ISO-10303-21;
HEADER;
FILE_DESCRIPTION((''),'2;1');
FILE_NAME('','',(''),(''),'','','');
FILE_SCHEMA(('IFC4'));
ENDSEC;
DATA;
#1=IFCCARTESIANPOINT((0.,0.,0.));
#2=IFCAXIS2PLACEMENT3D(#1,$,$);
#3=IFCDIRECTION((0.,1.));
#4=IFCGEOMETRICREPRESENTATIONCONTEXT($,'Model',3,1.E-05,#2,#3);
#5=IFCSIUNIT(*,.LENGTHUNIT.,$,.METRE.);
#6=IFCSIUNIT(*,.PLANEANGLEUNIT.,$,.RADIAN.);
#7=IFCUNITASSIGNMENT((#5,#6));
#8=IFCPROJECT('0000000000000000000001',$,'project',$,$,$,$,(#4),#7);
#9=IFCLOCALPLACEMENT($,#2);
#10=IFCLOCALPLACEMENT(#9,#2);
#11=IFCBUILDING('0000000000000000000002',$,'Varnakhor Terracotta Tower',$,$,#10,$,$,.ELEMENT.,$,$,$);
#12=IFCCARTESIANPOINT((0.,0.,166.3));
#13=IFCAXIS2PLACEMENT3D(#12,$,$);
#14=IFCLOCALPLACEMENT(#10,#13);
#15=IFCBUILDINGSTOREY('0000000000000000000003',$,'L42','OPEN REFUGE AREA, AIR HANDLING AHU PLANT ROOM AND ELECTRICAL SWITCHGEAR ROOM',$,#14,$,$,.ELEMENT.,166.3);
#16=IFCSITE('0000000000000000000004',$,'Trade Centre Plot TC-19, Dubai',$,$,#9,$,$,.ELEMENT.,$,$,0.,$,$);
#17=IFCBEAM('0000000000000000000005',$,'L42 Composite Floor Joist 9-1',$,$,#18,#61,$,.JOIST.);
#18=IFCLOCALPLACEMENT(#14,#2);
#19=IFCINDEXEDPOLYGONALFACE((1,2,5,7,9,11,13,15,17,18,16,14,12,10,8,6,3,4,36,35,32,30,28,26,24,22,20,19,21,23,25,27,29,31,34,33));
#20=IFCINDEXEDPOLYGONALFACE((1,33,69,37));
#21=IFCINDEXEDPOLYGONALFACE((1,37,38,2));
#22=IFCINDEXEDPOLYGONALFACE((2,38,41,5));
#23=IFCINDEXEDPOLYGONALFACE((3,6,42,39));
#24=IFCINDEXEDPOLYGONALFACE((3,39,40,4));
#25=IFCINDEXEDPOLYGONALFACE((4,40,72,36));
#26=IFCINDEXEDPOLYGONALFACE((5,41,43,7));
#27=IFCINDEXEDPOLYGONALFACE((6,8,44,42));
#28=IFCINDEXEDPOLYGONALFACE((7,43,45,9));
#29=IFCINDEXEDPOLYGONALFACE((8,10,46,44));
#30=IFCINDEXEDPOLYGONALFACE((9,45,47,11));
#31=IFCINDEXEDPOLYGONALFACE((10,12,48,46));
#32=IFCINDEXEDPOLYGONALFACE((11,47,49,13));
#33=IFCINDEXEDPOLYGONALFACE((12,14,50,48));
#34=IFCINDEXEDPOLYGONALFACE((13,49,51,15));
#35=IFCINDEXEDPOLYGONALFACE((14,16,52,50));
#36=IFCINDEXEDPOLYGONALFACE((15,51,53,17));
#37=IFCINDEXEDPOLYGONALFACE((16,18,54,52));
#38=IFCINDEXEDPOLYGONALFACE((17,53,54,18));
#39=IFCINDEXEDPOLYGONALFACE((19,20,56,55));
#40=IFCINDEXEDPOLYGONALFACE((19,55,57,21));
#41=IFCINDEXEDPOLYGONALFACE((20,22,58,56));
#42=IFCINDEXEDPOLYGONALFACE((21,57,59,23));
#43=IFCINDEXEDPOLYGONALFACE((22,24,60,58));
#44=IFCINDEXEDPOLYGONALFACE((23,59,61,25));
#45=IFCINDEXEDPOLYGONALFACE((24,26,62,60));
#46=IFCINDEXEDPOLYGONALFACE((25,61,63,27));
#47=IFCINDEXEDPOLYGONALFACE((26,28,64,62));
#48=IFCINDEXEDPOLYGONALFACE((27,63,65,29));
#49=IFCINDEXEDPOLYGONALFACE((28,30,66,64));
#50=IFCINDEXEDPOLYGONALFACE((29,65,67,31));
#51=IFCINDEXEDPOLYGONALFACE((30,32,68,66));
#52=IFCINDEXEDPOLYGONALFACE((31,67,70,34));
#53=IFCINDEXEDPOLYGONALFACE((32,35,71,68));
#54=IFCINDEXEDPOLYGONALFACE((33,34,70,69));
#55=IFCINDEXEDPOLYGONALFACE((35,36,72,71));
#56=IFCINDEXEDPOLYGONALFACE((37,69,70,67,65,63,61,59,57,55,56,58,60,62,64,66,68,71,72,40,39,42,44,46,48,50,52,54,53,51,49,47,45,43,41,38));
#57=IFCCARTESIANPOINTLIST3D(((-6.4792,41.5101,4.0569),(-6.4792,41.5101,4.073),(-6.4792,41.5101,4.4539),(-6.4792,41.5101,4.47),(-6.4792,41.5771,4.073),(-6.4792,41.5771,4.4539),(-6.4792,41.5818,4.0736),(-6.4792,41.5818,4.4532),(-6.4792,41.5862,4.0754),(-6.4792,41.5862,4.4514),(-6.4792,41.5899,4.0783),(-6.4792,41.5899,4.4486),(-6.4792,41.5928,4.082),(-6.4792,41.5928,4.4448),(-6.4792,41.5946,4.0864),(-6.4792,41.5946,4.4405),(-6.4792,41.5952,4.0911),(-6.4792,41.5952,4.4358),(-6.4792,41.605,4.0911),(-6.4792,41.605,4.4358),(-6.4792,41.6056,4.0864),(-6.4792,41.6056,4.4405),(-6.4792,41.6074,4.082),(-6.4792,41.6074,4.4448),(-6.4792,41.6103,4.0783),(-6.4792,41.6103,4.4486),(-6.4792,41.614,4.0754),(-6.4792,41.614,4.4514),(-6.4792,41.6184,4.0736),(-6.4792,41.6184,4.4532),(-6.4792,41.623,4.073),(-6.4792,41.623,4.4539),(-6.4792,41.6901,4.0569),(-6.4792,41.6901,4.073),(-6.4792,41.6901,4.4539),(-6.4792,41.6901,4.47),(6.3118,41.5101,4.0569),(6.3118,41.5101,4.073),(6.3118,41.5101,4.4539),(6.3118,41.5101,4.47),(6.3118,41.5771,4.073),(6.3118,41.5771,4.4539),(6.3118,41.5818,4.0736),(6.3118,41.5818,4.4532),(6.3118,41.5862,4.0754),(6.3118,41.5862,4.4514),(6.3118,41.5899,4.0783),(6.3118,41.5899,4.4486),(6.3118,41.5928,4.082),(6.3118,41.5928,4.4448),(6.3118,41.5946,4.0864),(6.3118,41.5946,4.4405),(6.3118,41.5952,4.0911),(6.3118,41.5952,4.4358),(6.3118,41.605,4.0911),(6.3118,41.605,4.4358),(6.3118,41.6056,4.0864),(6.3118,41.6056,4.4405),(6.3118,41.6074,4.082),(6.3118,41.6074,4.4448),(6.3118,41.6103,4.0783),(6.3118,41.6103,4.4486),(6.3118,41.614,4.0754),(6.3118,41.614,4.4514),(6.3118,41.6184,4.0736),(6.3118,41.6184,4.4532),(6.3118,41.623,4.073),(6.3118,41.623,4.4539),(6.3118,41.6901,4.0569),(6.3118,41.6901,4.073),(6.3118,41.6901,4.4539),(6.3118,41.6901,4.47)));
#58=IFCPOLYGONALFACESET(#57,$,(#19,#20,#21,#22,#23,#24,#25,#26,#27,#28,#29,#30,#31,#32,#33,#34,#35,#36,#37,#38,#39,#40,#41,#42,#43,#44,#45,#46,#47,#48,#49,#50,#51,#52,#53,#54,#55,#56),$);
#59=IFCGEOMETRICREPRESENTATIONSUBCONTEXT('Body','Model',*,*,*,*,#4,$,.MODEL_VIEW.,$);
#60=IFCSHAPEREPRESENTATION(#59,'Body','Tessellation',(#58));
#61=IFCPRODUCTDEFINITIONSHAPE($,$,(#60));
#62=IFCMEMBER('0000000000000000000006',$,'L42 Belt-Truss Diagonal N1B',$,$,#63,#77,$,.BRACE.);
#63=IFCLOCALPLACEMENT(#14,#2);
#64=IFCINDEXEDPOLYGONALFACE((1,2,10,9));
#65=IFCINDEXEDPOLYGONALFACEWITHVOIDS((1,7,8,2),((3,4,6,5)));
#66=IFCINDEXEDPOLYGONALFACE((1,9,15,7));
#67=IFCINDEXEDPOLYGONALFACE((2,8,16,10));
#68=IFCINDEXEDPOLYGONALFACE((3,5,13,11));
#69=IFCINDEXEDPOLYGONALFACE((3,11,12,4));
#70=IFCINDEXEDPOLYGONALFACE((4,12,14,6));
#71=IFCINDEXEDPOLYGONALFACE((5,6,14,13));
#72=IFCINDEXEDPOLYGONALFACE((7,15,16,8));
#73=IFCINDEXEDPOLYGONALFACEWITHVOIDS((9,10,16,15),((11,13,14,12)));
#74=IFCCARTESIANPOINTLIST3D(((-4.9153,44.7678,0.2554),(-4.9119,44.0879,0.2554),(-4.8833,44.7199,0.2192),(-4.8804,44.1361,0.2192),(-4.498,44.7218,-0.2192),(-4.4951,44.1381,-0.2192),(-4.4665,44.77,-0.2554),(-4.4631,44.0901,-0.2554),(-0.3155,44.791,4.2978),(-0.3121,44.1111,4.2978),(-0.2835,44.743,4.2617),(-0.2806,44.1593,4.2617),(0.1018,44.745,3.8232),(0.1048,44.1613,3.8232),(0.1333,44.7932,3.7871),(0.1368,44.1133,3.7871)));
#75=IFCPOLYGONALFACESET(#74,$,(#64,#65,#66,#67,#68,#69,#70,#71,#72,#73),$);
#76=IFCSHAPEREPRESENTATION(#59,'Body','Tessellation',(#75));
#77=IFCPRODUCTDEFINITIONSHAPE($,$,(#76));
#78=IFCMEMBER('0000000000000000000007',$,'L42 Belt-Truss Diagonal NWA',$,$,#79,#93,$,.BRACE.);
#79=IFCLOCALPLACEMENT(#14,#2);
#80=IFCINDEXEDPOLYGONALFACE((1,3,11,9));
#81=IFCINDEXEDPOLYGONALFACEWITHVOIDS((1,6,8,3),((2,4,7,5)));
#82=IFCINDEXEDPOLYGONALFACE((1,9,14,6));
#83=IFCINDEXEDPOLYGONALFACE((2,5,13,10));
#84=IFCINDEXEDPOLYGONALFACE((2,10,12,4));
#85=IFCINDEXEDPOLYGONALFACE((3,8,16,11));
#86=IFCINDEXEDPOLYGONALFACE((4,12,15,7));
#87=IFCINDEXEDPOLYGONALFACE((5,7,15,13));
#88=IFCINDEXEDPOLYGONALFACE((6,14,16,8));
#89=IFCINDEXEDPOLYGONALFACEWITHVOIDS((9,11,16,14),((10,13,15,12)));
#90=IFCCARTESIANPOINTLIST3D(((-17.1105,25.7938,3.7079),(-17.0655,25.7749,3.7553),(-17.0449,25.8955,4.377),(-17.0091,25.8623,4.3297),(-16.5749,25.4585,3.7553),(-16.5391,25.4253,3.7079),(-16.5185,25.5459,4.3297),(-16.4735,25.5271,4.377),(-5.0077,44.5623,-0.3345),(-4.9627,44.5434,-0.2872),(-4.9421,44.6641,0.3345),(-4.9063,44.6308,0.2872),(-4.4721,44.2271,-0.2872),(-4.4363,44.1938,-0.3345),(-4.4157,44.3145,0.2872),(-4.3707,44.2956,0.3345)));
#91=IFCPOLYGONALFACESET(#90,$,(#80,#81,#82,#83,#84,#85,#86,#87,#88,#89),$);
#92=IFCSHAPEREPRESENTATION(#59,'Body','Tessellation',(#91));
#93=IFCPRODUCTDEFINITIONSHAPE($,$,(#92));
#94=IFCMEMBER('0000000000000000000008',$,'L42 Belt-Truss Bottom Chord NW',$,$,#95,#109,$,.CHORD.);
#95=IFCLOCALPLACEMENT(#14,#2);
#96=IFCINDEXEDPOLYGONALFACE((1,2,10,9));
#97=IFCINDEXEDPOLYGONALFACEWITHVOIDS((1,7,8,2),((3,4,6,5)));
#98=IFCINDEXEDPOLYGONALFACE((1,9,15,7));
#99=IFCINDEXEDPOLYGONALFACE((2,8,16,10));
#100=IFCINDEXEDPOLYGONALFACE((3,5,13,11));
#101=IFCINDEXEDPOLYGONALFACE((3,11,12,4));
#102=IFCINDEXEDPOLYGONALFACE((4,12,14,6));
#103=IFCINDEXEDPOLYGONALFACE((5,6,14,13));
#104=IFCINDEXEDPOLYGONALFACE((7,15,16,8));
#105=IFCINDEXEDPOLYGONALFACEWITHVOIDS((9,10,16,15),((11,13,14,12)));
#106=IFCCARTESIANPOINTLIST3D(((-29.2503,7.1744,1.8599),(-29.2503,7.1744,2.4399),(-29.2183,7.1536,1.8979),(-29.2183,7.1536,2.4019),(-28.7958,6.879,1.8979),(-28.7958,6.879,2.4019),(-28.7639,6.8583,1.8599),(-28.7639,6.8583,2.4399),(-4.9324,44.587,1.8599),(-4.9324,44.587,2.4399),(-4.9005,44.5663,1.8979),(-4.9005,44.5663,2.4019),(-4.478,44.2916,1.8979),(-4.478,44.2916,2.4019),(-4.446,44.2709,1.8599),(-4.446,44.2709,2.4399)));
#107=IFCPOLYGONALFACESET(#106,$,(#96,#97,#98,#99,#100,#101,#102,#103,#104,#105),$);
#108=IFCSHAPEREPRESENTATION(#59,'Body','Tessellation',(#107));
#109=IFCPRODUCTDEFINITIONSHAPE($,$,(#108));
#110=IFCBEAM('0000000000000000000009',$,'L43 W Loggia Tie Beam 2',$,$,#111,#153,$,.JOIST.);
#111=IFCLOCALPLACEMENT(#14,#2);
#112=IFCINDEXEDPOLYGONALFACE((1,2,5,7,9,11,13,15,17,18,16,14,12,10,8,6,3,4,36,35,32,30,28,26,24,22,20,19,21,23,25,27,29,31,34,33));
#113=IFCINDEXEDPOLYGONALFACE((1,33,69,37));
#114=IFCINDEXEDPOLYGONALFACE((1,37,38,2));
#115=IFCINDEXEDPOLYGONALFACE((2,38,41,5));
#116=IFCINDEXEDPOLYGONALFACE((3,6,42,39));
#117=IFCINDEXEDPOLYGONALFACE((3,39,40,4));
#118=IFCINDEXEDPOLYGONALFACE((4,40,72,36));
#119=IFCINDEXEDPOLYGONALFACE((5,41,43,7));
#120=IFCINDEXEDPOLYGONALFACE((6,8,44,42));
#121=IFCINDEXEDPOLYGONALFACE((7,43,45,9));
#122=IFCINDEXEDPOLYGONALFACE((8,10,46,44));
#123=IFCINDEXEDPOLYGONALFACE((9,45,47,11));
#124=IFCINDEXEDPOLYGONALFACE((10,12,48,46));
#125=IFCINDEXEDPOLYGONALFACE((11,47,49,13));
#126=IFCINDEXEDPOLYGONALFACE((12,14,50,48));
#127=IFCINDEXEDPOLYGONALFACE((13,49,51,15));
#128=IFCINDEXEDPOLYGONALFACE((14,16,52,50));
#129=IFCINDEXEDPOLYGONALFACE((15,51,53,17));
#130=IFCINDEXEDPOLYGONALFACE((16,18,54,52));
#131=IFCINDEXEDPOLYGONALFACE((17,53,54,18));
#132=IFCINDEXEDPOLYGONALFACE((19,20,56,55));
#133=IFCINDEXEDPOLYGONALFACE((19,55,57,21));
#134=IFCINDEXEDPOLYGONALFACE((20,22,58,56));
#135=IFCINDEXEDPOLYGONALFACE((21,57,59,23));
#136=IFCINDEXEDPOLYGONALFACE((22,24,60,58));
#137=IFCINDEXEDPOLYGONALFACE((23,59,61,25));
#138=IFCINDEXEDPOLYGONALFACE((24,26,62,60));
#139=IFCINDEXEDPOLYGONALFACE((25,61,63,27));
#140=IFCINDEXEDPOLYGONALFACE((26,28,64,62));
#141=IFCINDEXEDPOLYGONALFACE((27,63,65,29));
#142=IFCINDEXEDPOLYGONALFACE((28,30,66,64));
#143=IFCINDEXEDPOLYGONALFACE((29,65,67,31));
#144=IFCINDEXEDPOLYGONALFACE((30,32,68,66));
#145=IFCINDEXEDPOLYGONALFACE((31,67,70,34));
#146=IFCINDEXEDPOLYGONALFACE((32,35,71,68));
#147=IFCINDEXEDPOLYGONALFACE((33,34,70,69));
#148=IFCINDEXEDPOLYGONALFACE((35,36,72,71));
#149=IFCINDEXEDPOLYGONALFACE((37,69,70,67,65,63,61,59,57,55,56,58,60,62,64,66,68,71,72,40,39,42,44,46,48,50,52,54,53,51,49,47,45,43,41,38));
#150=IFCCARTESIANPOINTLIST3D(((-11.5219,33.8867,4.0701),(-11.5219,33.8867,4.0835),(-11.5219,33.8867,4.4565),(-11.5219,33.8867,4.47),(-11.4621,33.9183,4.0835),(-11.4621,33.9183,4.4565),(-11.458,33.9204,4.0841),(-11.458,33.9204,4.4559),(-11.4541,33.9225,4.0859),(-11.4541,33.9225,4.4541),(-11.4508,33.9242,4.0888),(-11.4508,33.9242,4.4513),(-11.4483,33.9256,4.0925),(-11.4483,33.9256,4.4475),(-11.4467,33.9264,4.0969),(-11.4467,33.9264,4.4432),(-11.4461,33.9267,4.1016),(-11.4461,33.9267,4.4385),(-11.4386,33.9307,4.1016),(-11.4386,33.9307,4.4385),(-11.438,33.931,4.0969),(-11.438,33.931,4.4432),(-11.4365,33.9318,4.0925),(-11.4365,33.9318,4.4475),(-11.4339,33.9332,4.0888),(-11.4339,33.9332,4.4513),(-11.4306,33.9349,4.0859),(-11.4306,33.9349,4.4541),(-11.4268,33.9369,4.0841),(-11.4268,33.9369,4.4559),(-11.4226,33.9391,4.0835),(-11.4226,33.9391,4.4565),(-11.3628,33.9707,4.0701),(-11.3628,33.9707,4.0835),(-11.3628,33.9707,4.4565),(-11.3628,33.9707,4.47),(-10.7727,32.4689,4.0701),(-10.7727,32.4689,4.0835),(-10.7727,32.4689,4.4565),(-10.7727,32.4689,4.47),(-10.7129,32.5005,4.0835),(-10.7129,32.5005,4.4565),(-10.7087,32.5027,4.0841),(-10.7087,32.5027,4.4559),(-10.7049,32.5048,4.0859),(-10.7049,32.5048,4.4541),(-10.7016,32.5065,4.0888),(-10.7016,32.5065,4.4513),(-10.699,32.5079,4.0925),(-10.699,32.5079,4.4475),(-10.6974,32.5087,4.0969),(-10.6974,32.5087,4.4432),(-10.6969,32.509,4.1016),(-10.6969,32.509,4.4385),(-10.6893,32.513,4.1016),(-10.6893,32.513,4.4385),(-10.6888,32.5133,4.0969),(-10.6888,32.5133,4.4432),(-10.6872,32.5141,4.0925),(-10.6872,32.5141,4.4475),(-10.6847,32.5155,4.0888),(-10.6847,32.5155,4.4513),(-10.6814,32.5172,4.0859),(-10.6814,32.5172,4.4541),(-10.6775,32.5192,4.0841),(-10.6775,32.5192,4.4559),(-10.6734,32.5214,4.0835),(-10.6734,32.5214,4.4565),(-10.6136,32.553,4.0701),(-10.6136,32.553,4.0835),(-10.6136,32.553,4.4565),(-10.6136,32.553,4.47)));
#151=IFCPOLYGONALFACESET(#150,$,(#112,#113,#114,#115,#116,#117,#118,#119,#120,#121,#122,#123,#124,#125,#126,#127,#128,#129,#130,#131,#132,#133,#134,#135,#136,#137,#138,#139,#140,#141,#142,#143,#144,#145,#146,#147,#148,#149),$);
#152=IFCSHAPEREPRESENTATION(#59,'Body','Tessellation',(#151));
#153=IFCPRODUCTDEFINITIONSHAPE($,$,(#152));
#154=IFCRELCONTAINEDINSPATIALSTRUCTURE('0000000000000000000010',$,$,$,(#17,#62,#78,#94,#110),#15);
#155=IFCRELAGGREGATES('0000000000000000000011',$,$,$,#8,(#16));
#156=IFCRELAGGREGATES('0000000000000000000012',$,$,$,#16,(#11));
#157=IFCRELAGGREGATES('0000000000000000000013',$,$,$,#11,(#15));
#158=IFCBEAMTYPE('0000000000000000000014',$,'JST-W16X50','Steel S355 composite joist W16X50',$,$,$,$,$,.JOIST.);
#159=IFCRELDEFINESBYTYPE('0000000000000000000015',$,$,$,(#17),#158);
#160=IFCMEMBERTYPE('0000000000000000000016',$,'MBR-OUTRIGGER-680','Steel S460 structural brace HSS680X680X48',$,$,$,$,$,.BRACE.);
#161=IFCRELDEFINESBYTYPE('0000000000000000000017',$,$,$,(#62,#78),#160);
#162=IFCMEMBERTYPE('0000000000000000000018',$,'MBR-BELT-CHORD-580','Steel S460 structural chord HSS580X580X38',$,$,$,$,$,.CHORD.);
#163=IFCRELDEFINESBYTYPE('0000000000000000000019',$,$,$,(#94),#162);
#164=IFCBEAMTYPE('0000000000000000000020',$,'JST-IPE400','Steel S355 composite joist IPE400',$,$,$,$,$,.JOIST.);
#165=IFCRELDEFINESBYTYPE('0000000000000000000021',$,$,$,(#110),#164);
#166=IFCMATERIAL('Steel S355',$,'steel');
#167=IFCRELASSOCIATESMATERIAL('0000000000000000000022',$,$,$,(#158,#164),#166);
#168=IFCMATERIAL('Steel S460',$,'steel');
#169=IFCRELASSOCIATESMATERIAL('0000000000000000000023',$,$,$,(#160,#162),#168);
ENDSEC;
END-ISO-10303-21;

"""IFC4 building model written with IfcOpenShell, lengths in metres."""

from ifc_helpers import new_model, si_unit, direction, frame, origin, origin_2d, place, context, subcontext, project, spatial, hollow_rectangle, i_section, extrude, source, transform, mapped, material, material_profile, profile_set, type_object, element, save


model = new_model("IFC4")

# Units and contexts
model_context = context("Model", 3, precision=1e-05, world=origin(), true_north=direction((0.0, 1.0)))
body_context = subcontext(model_context, "Body", "Model", "MODEL_VIEW")
ifc_project = project(units=[si_unit("LENGTHUNIT", "METRE"), si_unit("PLANEANGLEUNIT", "RADIAN")], contexts=[model_context])

# Site, building, storey
site_placement = place(None, origin())
site = spatial("IfcSite", under=ifc_project, at=site_placement, Name="Trade Centre Plot TC-19, Dubai", CompositionType="ELEMENT", RefElevation=0.0)
building_placement = place(site_placement, origin())
building = spatial("IfcBuilding", under=site, at=building_placement, Name="Varnakhor Terracotta Tower", CompositionType="ELEMENT")
storey_placement = place(building_placement, frame((0.0, 0.0, 166.3)))
storey = spatial("IfcBuildingStorey", under=building, at=storey_placement, Name="L42", Description="OPEN REFUGE AREA, AIR HANDLING AHU PLANT ROOM AND ELECTRICAL SWITCHGEAR ROOM", CompositionType="ELEMENT", Elevation=166.3)

# Shared definitions
ifc_material_1 = material(Name="Steel S460", Category="steel")

# Beam
ifc_material_2 = material(Name="Steel S355", Category="steel")
ifc_material_profile_1 = material_profile(ifc_material_2, i_section(OverallWidth=0.1799, OverallDepth=0.4131, WebThickness=0.0098, FlangeThickness=0.0161, FilletRadius=0.0181, at=origin_2d()), Name="W16X50")
ifc_profile_set_1 = profile_set([ifc_material_profile_1], Name="Steel S355")
beam_type_1 = type_object("IfcBeamType", Name="JST-W16X50", Description="Steel S355 composite joist W16X50", PredefinedType="JOIST", material=ifc_profile_set_1)
ifc_material_profile_2 = material_profile(ifc_material_2, i_section(OverallWidth=0.1799, OverallDepth=0.3999, WebThickness=0.0085, FlangeThickness=0.0134, FilletRadius=0.0181, at=origin_2d()), Name="IPE400")
ifc_profile_set_2 = profile_set([ifc_material_profile_2], Name="Steel S355")
beam_type_2 = type_object("IfcBeamType", Name="JST-IPE400", Description="Steel S355 composite joist IPE400", PredefinedType="JOIST", material=ifc_profile_set_2)
shared_shape_1 = source(origin(), body_context, "Body", "SweptSolid", [
    extrude(i_section(OverallWidth=0.1799, OverallDepth=0.4131, WebThickness=0.0098, FlangeThickness=0.0161, FilletRadius=0.0181, at=origin_2d()), origin(), (0.0, 0.0, 1.0), 12.791),
])
beam_1_placement = place(storey_placement, frame((-6.4792, 41.6001, 4.2634), z_axis=(1.0, 0.0, 0.0), x_axis=(0.0, 1.0, 0.0)))
element("IfcBeam", 1, at=beam_1_placement, inside=storey, type_object=beam_type_1, Name="L42 Composite Floor Joist 9-1", PredefinedType="JOIST", context=body_context, shape_type="MappedRepresentation", body=[
    mapped(shared_shape_1, transform((0.0, 0.0, 0.0), scale=1.0)),
])

# Members
ifc_material_profile_3 = material_profile(ifc_material_1, hollow_rectangle(XDim=0.6799, YDim=0.6799, WallThickness=0.0481, at=origin_2d()), Name="HSS680X680X48")
ifc_profile_set_3 = profile_set([ifc_material_profile_3], Name="Steel S460")
member_type_1 = type_object("IfcMemberType", Name="MBR-OUTRIGGER-680", Description="Steel S460 structural brace HSS680X680X48", PredefinedType="BRACE", material=ifc_profile_set_3)
shared_shape_2 = source(origin(), body_context, "Body", "SweptSolid", [
    extrude(hollow_rectangle(XDim=0.6799, YDim=0.6799, WallThickness=0.0481, at=origin_2d()), origin(), (0.0, 0.0, 1.0), 6.1238),
])
member_1_placement = place(storey_placement, frame((-4.6892, 44.429, 0.0), z_axis=(0.751145, 0.003787, 0.660127), x_axis=(-0.005042, 0.999987, 0.0)))
element("IfcMember", 2, at=member_1_placement, inside=storey, type_object=member_type_1, Name="L42 Belt-Truss Diagonal N1B", PredefinedType="BRACE", context=body_context, shape_type="MappedRepresentation", body=[
    mapped(shared_shape_2, transform((0.0, 0.0, 0.0), scale=1.0)),
])
shared_shape_3 = source(origin(), body_context, "Body", "SweptSolid", [
    extrude(hollow_rectangle(XDim=0.6799, YDim=0.6799, WallThickness=0.0481, at=origin_2d()), origin(), (0.0, 0.0, 1.0), 22.6953),
])
member_2_placement = place(storey_placement, frame((-4.6892, 44.429, 0.0), z_axis=(-0.533272, -0.826979, 0.17812), x_axis=(0.840418, -0.541938, 0.0)))
element("IfcMember", 3, at=member_2_placement, inside=storey, type_object=member_type_1, Name="L42 Belt-Truss Diagonal NWA", PredefinedType="BRACE", context=body_context, shape_type="MappedRepresentation", body=[
    mapped(shared_shape_3, transform((0.0, 0.0, 0.0), scale=1.0)),
])
ifc_material_profile_4 = material_profile(ifc_material_1, hollow_rectangle(XDim=0.5801, YDim=0.5801, WallThickness=0.0381, at=origin_2d()), Name="HSS580X580X38")
ifc_profile_set_4 = profile_set([ifc_material_profile_4], Name="Steel S460")
member_type_2 = type_object("IfcMemberType", Name="MBR-BELT-CHORD-580", Description="Steel S460 structural chord HSS580X580X38", PredefinedType="CHORD", material=ifc_profile_set_4)
shared_shape_4 = source(origin(), body_context, "Body", "SweptSolid", [
    extrude(hollow_rectangle(XDim=0.5801, YDim=0.5801, WallThickness=0.0381, at=origin_2d()), origin(), (0.0, 0.0, 1.0), 44.6213),
])
member_3_placement = place(storey_placement, frame((-4.6892, 44.429, 2.1499), z_axis=(-0.544983, -0.838447, 0.0), x_axis=(0.838447, -0.544983, 0.0)))
element("IfcMember", 4, at=member_3_placement, inside=storey, type_object=member_type_2, Name="L42 Belt-Truss Bottom Chord NW", PredefinedType="CHORD", context=body_context, shape_type="MappedRepresentation", body=[
    mapped(shared_shape_4, transform((0.0, 0.0, 0.0), scale=1.0)),
])

# Beam
shared_shape_5 = source(origin(), body_context, "Body", "SweptSolid", [
    extrude(i_section(OverallWidth=0.1799, OverallDepth=0.3999, WebThickness=0.0085, FlangeThickness=0.0134, FilletRadius=0.0181, at=origin_2d()), origin(), (0.0, 0.0, 1.0), 1.6035),
])
beam_2_placement = place(storey_placement, frame((-10.6931, 32.511, 4.27), z_axis=(-0.467258, 0.884121, 0.0), x_axis=(-0.884121, -0.467258, 0.0)))
element("IfcBeam", 5, at=beam_2_placement, inside=storey, type_object=beam_type_2, Name="L43 W Loggia Tie Beam 2", PredefinedType="JOIST", context=body_context, shape_type="MappedRepresentation", body=[
    mapped(shared_shape_5, transform((0.0, 0.0, 0.0), scale=1.0)),
])

save(model, "model.ifc")
